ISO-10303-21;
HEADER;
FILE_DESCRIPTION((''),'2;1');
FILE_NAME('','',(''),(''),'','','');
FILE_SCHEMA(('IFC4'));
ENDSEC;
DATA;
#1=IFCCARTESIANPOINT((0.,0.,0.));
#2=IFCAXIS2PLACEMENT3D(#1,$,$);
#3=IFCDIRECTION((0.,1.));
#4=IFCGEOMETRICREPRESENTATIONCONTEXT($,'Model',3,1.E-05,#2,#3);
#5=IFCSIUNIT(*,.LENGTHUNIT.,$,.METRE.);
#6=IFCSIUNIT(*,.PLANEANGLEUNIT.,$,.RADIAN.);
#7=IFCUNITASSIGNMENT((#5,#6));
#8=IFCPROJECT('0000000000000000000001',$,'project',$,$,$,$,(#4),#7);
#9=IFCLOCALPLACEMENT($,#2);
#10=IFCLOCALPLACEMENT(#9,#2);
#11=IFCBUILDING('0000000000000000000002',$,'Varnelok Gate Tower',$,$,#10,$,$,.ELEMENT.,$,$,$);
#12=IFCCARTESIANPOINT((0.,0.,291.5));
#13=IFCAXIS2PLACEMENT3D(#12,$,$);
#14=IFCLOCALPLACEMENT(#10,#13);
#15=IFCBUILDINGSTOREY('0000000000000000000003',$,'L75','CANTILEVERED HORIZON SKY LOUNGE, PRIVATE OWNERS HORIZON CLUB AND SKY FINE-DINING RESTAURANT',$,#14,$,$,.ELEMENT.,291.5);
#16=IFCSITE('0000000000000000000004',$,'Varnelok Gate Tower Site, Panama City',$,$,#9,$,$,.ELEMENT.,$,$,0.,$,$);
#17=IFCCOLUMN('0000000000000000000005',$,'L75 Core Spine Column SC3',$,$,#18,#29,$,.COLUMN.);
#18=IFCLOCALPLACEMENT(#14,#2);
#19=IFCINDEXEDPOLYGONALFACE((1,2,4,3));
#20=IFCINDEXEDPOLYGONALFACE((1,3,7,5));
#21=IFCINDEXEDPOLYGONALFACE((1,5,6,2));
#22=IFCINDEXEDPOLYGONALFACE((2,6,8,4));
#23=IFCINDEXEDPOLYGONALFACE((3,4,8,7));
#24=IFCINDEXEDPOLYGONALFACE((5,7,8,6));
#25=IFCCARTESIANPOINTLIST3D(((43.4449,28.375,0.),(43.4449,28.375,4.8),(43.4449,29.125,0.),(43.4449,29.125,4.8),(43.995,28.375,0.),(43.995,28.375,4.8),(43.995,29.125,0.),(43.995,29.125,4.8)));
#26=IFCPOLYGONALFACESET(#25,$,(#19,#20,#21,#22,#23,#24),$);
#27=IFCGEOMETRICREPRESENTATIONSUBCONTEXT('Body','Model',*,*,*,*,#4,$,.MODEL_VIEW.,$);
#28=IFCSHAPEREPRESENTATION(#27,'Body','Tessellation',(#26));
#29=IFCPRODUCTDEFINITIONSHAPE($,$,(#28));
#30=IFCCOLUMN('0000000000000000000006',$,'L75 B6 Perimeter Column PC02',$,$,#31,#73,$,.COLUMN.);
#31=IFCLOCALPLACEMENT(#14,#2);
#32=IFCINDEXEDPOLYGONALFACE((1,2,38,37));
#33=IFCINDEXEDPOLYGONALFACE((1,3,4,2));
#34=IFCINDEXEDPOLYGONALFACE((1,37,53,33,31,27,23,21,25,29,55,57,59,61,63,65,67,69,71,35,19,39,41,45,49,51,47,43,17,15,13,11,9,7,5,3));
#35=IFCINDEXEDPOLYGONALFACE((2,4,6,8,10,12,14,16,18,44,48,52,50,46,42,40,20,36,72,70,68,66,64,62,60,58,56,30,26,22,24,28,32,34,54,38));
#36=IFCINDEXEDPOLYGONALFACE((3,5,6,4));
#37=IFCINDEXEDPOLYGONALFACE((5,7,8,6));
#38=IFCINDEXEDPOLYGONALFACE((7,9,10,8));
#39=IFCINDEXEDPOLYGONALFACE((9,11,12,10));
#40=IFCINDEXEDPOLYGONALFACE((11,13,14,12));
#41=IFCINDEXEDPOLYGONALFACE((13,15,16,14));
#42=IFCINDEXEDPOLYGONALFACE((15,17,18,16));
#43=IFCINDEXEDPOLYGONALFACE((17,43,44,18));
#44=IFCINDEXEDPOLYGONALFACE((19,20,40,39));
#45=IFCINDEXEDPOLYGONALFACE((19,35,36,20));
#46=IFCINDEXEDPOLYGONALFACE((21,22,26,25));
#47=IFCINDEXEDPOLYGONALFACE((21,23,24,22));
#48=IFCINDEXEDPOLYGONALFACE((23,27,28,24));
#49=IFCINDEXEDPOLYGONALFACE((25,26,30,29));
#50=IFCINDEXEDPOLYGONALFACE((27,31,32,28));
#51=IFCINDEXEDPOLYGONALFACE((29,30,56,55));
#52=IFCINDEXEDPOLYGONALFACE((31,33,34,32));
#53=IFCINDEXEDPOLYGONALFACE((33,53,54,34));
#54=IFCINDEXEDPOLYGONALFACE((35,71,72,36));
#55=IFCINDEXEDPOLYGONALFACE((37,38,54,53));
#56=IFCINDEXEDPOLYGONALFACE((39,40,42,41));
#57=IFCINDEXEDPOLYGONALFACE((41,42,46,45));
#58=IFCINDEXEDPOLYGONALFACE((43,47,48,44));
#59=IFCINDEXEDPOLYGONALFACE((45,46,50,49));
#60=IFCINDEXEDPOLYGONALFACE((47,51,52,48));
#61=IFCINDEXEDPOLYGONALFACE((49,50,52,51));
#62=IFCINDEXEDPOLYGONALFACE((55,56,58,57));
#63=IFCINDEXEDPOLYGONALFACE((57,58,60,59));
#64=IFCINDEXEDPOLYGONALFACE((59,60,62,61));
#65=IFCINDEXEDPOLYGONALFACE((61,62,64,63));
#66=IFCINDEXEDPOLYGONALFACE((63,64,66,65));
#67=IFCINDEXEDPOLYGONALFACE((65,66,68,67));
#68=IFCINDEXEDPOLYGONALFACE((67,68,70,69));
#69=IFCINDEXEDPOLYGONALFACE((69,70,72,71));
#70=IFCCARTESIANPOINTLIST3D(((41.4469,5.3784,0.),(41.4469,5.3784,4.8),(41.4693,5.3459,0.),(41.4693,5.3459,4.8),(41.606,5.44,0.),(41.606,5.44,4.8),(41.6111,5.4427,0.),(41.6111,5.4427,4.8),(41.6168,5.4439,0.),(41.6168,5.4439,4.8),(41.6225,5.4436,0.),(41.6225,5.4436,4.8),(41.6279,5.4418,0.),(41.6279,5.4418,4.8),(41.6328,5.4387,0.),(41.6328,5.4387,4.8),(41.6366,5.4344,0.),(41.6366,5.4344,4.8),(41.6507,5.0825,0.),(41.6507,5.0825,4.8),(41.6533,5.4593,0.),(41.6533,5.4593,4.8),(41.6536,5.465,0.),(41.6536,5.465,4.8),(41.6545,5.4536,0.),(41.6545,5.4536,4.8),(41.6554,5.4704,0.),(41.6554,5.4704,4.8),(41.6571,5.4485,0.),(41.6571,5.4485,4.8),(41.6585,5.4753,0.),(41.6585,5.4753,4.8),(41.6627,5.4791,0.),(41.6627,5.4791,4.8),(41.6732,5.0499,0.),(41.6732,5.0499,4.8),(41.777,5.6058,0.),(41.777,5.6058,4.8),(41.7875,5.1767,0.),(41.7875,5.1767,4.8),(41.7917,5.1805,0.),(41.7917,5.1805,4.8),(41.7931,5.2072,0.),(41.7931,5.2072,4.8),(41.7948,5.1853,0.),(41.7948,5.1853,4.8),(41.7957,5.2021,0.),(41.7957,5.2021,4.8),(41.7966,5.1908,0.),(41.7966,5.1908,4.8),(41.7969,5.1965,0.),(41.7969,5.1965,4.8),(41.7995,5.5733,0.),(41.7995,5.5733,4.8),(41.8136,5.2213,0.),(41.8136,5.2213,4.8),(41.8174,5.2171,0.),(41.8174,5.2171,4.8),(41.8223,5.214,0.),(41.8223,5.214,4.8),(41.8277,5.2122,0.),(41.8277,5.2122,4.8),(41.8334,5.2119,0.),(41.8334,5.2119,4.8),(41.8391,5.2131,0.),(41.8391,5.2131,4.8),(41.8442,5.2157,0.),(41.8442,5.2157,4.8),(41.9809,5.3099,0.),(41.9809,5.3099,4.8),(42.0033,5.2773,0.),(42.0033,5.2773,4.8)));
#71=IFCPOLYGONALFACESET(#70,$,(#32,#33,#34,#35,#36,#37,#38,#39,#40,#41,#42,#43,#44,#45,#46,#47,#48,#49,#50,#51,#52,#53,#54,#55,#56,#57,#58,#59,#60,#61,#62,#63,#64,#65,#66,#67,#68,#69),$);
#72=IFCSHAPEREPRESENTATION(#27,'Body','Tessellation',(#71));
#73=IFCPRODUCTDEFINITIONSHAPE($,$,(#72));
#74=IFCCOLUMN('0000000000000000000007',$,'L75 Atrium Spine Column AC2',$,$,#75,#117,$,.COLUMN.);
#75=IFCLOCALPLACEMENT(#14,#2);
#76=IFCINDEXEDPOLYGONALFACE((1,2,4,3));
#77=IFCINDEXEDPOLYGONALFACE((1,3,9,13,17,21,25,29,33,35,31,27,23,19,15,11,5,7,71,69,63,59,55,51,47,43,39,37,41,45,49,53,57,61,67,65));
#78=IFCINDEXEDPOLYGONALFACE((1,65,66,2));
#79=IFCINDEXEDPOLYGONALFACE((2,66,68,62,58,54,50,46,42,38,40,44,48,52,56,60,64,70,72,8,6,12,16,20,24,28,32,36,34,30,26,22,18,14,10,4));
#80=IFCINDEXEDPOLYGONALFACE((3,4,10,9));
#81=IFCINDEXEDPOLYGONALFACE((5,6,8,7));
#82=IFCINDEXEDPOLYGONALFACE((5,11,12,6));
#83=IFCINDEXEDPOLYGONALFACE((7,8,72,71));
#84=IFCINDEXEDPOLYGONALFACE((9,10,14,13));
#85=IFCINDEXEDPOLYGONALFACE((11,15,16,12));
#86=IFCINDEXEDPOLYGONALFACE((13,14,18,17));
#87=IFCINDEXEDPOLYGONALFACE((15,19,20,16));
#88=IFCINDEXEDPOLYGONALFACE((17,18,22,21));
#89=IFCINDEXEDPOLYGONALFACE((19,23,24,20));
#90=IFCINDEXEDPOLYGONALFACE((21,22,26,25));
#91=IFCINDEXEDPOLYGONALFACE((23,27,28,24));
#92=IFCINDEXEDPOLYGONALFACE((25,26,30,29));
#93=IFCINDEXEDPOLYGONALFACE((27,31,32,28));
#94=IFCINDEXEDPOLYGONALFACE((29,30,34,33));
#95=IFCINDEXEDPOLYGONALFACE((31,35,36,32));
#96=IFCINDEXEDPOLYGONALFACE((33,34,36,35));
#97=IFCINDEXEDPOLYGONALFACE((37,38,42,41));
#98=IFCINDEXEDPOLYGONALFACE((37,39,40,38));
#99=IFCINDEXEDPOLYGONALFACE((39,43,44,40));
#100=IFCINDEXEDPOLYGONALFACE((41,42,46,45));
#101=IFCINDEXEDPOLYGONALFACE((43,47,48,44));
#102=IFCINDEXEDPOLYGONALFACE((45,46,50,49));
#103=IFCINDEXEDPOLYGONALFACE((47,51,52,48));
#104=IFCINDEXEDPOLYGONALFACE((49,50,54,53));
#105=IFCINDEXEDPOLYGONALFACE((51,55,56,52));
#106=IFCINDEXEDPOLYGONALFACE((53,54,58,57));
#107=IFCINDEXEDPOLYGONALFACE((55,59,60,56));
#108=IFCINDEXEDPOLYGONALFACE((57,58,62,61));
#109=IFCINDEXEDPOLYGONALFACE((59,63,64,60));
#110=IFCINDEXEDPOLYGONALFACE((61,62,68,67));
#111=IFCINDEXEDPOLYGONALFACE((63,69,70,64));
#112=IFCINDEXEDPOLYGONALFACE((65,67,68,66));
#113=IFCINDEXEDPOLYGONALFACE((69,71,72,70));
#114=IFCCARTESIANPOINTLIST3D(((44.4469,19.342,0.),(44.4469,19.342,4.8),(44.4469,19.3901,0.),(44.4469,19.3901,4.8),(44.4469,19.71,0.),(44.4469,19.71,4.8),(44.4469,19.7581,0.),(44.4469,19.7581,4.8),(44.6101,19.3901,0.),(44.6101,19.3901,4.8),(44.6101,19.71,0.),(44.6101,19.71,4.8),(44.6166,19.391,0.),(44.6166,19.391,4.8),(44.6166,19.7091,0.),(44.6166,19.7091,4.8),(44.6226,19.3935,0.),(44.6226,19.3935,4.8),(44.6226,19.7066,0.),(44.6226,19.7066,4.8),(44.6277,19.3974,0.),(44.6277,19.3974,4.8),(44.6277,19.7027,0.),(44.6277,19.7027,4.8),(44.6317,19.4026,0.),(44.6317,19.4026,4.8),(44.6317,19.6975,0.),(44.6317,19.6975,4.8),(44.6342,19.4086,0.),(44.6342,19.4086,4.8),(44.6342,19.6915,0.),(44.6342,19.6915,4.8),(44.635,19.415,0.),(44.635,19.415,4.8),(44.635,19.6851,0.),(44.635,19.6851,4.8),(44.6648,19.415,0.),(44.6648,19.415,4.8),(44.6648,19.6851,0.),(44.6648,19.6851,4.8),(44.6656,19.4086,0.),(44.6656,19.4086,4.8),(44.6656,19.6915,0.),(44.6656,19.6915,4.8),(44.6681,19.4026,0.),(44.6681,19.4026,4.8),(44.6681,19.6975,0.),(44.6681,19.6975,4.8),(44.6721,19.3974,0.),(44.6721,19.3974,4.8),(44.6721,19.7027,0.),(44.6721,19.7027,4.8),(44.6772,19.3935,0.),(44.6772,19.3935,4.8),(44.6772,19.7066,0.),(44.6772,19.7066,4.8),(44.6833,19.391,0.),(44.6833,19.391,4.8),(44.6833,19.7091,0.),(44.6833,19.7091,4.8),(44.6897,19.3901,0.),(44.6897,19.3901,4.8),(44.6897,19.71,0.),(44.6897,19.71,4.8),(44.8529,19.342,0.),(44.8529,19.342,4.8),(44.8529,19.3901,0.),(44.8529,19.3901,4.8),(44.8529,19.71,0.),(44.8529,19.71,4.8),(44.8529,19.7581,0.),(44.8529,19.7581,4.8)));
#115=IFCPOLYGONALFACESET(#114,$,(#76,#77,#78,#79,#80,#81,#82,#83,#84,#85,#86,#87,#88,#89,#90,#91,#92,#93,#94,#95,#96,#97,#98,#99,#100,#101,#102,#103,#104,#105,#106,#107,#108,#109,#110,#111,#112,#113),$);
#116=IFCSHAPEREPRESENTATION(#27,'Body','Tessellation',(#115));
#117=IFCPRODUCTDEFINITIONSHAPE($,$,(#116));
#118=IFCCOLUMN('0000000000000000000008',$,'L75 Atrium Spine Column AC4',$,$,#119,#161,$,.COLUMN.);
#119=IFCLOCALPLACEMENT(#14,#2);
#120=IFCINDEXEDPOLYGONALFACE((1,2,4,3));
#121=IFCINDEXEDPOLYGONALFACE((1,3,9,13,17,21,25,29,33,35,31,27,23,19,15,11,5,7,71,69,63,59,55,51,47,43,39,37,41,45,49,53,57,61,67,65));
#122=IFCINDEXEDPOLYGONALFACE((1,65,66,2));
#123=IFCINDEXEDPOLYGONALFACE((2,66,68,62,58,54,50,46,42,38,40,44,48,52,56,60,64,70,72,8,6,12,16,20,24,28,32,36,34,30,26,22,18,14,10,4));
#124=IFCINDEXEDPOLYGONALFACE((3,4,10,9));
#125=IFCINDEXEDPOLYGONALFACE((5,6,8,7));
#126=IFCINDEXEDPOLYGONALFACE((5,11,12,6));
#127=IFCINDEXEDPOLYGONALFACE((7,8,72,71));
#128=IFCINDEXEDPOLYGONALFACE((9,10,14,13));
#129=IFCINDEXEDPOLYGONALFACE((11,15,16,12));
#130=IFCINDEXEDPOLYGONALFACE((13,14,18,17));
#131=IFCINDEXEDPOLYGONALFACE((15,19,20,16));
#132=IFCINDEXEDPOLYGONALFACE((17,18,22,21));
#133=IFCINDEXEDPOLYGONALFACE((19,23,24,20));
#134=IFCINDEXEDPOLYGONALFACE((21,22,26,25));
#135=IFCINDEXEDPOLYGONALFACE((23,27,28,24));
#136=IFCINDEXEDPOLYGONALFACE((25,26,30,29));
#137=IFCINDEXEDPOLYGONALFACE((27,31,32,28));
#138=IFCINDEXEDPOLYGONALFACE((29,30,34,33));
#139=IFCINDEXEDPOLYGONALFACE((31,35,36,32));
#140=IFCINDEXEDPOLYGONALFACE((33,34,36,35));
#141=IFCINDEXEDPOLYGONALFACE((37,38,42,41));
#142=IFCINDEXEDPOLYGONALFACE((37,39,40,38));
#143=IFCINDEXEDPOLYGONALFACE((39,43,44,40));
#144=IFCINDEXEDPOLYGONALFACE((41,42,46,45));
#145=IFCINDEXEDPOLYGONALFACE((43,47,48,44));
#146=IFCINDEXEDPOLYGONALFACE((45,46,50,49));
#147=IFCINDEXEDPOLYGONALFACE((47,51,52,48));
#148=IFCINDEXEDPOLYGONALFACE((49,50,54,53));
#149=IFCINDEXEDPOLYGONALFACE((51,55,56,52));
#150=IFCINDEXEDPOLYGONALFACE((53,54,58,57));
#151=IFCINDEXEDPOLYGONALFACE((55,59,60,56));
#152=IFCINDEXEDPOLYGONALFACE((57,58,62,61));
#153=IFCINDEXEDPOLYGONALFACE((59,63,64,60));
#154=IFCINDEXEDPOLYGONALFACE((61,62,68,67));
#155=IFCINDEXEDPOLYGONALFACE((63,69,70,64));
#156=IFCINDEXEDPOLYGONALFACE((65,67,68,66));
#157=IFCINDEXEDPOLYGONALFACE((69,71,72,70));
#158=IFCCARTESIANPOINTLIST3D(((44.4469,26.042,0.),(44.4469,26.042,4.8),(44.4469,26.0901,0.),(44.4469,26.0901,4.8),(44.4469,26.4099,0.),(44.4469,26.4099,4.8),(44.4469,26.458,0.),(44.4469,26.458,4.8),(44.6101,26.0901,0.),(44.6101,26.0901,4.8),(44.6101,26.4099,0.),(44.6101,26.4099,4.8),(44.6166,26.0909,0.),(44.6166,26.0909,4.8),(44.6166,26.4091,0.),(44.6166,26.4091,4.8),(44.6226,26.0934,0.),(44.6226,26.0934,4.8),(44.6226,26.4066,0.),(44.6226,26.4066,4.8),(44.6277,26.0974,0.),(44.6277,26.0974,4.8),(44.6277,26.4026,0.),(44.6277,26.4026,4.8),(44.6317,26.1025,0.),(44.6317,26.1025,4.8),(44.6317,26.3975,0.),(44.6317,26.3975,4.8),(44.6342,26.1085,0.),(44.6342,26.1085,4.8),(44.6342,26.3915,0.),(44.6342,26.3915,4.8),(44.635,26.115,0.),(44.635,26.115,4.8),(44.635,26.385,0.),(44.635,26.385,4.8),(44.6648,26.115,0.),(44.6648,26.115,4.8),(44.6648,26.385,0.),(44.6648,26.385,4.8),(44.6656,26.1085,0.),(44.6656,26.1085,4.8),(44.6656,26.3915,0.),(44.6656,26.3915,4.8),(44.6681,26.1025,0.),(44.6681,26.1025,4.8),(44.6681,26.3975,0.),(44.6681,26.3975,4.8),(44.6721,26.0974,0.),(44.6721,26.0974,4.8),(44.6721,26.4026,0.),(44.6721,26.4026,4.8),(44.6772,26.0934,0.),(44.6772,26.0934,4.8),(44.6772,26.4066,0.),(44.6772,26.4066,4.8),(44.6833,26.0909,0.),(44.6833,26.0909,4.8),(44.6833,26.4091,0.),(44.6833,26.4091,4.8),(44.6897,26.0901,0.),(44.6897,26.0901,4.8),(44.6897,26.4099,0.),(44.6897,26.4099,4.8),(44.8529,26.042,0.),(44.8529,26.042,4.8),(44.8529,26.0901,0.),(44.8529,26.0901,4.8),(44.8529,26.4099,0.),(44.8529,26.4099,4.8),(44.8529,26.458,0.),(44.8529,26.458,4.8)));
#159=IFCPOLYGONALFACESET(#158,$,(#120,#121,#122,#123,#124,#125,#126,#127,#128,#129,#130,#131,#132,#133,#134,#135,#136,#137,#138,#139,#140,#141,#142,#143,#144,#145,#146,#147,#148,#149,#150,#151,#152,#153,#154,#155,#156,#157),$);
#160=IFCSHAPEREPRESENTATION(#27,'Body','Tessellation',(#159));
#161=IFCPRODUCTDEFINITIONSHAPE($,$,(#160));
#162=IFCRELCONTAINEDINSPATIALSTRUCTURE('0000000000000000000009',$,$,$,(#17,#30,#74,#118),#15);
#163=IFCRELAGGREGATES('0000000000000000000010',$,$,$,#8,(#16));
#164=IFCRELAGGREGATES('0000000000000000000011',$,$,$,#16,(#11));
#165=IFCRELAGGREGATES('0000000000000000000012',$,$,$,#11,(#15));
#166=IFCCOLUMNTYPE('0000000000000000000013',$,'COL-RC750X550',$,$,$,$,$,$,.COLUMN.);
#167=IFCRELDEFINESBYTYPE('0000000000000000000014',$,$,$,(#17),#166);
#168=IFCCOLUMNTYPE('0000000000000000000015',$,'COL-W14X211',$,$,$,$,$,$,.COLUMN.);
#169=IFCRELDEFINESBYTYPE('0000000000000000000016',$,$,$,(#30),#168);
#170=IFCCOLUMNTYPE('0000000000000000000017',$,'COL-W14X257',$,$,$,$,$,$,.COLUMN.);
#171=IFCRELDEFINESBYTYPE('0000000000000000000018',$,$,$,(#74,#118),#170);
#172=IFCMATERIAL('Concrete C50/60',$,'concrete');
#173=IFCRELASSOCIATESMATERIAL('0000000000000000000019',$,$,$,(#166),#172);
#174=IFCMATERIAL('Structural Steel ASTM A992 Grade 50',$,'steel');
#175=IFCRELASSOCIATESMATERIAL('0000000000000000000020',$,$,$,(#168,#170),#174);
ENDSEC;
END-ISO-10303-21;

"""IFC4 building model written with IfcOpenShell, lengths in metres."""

from ifc_helpers import new_model, si_unit, direction, frame, origin, origin_2d, place, context, subcontext, project, spatial, rectangle, i_section, extrude, material, material_profile, profile_set, type_object, element, save


model = new_model("IFC4")

# Units and contexts
model_context = context("Model", 3, precision=1e-05, world=origin(), true_north=direction((0.0, 1.0)))
body_context = subcontext(model_context, "Body", "Model", "MODEL_VIEW")
ifc_project = project(units=[si_unit("LENGTHUNIT", "METRE"), si_unit("PLANEANGLEUNIT", "RADIAN")], contexts=[model_context])

# Site, building, storey
site_placement = place(None, origin())
site = spatial("IfcSite", under=ifc_project, at=site_placement, Name="Varnelok Gate Tower Site, Panama City", CompositionType="ELEMENT", RefElevation=0.0)
building_placement = place(site_placement, origin())
building = spatial("IfcBuilding", under=site, at=building_placement, Name="Varnelok Gate Tower", CompositionType="ELEMENT")
storey_placement = place(building_placement, frame((0.0, 0.0, 291.5)))
storey = spatial("IfcBuildingStorey", under=building, at=storey_placement, Name="L75", Description="CANTILEVERED HORIZON SKY LOUNGE, PRIVATE OWNERS HORIZON CLUB AND SKY FINE-DINING RESTAURANT", CompositionType="ELEMENT", Elevation=291.5)

# Columns
ifc_material_1 = material(Name="Concrete C50/60", Category="concrete")
ifc_material_profile_1 = material_profile(ifc_material_1, rectangle(XDim=0.55, YDim=0.75, at=origin_2d()), Name="RC750X550")
ifc_profile_set_1 = profile_set([ifc_material_profile_1], Name="Concrete C50/60")
column_type_1 = type_object("IfcColumnType", Name="COL-RC750X550", PredefinedType="COLUMN", material=ifc_profile_set_1)
column_1_placement = place(storey_placement, frame((43.72, 28.75, 0.0), z_axis=(0.0, 0.0, 1.0), x_axis=(1.0, 0.0, 0.0)))
element("IfcColumn", 1, at=column_1_placement, inside=storey, type_object=column_type_1, Name="L75 Core Spine Column SC3", PredefinedType="COLUMN", context=body_context, shape_type="SweptSolid", body=[
    extrude(rectangle(XDim=0.55, YDim=0.75, at=origin_2d()), origin(), (0.0, 0.0, 1.0), 4.8),
])
ifc_material_2 = material(Name="Structural Steel ASTM A992 Grade 50", Category="steel")
ifc_material_profile_2 = material_profile(ifc_material_2, i_section(OverallWidth=0.4009, OverallDepth=0.3989, WebThickness=0.0249, FlangeThickness=0.0396, FilletRadius=0.022, at=origin_2d()), Name="W14X211")
ifc_profile_set_2 = profile_set([ifc_material_profile_2], Name="Structural Steel ASTM A992 Grade 50")
column_type_2 = type_object("IfcColumnType", Name="COL-W14X211", PredefinedType="COLUMN", material=ifc_profile_set_2)
column_2_placement = place(storey_placement, frame((41.7251, 5.3279, 0.0), z_axis=(0.0, 0.0, 1.0), x_axis=(0.823533, 0.567269, 0.0)))
element("IfcColumn", 2, at=column_2_placement, inside=storey, type_object=column_type_2, Name="L75 B6 Perimeter Column PC02", PredefinedType="COLUMN", context=body_context, shape_type="SweptSolid", body=[
    extrude(i_section(OverallWidth=0.4009, OverallDepth=0.3989, WebThickness=0.0249, FlangeThickness=0.0396, FilletRadius=0.022, at=origin_2d()), origin(), (0.0, 0.0, 1.0), 4.8),
])
ifc_material_profile_3 = material_profile(ifc_material_2, i_section(OverallWidth=0.406, OverallDepth=0.416, WebThickness=0.0298, FlangeThickness=0.0481, FilletRadius=0.0249, at=origin_2d()), Name="W14X257")
ifc_profile_set_3 = profile_set([ifc_material_profile_3], Name="Structural Steel ASTM A992 Grade 50")
column_type_3 = type_object("IfcColumnType", Name="COL-W14X257", PredefinedType="COLUMN", material=ifc_profile_set_3)
for number, where, z_axis, x_axis, name in (
    (3, (44.6499, 19.55, 0.0), (0.0, 0.0, 1.0), (1.0, 0.0, 0.0), "L75 Atrium Spine Column AC2"),
    (4, (44.6499, 26.25, 0.0), (0.0, 0.0, 1.0), (1.0, 0.0, 0.0), "L75 Atrium Spine Column AC4"),
):
    element("IfcColumn", number, at=place(storey_placement, frame(where, z_axis=z_axis, x_axis=x_axis)), inside=storey, type_object=column_type_3, Name=name, PredefinedType="COLUMN", context=body_context, shape_type="SweptSolid", body=[
        extrude(i_section(OverallWidth=0.406, OverallDepth=0.416, WebThickness=0.0298, FlangeThickness=0.0481, FilletRadius=0.0249, at=origin_2d()), origin(), (0.0, 0.0, 1.0), 4.8),
    ])

save(model, "model.ifc")
